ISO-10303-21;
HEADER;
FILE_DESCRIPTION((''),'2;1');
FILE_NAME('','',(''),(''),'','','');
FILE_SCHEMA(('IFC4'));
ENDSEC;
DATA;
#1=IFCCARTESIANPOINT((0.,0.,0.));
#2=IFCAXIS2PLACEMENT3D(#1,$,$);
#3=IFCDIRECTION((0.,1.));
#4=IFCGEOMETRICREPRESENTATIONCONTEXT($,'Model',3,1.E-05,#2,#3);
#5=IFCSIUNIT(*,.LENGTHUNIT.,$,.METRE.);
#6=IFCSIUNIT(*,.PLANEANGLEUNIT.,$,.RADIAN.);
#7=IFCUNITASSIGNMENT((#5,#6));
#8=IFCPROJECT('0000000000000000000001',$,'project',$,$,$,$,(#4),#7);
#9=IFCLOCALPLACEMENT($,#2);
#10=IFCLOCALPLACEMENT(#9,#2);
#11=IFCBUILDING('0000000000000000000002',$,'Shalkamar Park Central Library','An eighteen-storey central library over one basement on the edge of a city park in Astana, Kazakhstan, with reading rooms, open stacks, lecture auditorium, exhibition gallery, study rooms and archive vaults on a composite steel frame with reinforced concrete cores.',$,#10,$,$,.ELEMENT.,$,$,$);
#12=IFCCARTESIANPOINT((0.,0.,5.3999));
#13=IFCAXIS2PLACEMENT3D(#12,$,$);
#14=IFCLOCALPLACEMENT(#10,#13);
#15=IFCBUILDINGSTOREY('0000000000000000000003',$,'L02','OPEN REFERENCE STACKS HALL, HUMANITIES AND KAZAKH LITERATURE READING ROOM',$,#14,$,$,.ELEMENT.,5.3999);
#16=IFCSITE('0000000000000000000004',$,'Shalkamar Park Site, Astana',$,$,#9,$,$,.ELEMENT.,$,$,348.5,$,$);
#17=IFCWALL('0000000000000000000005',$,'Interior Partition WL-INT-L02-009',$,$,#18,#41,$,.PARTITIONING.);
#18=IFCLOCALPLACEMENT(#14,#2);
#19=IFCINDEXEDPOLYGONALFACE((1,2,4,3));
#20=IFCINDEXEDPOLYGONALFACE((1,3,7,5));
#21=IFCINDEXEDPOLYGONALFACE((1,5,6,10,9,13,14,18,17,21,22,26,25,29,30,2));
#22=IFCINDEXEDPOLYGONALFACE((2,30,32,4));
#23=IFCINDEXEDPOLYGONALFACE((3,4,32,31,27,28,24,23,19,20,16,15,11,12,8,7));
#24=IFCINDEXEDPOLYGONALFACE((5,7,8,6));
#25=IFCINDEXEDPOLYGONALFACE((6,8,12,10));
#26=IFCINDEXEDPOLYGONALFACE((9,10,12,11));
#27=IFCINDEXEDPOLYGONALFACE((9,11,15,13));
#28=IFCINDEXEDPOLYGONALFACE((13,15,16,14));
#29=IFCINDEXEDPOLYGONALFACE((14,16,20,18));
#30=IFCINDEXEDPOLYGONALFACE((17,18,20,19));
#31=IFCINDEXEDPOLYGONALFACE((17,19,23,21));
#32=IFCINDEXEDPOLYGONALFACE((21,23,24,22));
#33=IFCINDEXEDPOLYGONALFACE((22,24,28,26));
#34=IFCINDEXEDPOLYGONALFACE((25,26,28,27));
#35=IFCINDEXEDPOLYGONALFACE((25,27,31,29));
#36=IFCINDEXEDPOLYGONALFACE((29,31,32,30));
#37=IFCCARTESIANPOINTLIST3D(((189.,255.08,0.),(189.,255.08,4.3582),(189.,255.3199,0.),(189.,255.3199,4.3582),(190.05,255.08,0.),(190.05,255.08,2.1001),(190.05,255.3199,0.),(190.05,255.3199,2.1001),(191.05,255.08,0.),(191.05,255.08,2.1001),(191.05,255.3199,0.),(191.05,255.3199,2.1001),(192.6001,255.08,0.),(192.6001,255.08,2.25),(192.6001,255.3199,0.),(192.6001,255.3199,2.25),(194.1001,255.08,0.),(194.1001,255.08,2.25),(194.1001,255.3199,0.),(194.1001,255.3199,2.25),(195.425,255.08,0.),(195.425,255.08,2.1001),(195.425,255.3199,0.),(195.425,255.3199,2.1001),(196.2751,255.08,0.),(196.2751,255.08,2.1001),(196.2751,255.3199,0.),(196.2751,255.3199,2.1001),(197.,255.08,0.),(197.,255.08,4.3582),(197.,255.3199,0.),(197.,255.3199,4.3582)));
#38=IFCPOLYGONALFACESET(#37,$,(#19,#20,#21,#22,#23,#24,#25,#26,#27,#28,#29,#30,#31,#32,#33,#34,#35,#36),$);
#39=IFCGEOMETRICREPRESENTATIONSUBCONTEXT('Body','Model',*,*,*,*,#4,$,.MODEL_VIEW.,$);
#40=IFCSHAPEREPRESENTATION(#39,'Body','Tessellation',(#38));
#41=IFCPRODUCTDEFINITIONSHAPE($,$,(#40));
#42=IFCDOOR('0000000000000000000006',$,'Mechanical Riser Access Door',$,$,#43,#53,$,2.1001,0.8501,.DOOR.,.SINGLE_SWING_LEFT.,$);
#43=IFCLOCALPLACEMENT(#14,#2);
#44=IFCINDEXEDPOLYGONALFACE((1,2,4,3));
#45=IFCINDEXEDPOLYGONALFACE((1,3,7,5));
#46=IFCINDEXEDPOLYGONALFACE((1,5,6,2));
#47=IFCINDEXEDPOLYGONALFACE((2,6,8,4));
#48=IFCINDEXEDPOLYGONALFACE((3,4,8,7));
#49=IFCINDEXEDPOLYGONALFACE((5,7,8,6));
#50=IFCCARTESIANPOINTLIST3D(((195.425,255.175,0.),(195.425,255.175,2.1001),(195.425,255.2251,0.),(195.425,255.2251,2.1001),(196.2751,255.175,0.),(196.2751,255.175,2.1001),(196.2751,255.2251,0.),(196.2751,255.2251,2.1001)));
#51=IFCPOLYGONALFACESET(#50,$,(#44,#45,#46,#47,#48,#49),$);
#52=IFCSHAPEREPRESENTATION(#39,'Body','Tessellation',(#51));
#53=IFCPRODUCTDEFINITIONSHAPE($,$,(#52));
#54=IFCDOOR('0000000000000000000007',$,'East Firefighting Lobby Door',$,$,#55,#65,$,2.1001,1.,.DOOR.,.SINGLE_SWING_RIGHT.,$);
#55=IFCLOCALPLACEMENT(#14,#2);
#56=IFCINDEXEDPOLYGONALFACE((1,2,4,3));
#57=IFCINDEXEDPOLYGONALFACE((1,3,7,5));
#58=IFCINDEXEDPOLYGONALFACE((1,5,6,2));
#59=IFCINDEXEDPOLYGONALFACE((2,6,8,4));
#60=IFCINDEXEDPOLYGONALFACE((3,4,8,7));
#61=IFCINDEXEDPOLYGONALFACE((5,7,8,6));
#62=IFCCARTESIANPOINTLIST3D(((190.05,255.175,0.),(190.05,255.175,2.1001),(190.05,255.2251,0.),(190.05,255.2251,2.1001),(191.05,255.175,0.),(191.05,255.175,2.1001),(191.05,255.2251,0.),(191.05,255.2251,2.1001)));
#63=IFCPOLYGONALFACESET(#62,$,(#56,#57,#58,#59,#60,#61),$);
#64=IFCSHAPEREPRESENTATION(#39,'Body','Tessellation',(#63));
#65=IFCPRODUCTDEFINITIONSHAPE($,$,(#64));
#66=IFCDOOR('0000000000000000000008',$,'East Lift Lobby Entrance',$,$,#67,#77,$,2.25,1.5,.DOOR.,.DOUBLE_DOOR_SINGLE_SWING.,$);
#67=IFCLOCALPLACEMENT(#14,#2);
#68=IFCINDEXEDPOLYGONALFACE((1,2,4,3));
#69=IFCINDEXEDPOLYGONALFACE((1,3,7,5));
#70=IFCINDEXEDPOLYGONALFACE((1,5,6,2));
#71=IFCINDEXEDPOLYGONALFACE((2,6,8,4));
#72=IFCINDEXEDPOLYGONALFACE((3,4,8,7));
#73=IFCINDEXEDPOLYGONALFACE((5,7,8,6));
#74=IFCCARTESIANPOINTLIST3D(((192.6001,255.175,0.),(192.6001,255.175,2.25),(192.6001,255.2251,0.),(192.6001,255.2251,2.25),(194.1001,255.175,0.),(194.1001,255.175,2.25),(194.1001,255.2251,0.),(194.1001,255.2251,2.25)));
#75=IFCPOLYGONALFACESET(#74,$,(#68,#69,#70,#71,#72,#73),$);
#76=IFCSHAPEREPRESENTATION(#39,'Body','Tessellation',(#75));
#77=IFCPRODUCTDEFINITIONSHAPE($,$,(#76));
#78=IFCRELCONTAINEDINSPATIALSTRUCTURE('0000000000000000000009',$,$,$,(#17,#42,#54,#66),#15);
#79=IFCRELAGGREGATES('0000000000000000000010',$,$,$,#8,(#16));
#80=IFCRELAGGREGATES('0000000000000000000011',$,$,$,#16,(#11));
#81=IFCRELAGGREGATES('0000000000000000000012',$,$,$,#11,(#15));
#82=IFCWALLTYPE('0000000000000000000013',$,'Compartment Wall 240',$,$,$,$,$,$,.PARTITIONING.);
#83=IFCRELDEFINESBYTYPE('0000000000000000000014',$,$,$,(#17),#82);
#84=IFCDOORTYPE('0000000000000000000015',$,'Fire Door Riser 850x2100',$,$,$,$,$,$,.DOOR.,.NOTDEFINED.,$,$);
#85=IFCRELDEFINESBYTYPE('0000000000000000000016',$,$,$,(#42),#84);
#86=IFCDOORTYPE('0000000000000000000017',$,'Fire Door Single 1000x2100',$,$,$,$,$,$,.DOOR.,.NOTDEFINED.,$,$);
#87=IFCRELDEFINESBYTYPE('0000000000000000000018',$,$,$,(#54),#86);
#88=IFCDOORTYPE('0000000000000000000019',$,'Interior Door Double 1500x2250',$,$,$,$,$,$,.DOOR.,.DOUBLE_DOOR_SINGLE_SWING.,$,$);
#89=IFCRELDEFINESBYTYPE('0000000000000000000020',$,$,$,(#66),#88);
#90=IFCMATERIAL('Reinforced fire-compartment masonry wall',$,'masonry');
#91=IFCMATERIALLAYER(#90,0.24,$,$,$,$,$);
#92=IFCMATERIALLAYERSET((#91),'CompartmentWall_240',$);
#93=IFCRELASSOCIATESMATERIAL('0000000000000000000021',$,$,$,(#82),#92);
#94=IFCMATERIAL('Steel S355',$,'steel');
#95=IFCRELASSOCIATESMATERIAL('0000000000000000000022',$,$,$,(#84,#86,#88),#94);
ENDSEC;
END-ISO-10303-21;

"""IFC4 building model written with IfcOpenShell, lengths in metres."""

from ifc_helpers import new_model, si_unit, direction, frame, frame_2d, origin, place, context, subcontext, project, spatial, rectangle, extrude, material, layer, layer_set, type_object, element, fill, save


model = new_model("IFC4")

# Units and contexts
model_context = context("Model", 3, precision=1e-05, world=origin(), true_north=direction((0.0, 1.0)))
body_context = subcontext(model_context, "Body", "Model", "MODEL_VIEW")
ifc_project = project(units=[si_unit("LENGTHUNIT", "METRE"), si_unit("PLANEANGLEUNIT", "RADIAN")], contexts=[model_context])

# Site, building, storey
site_placement = place(None, origin())
site = spatial("IfcSite", under=ifc_project, at=site_placement, Name="Shalkamar Park Site, Astana", CompositionType="ELEMENT", RefElevation=348.5)
building_placement = place(site_placement, origin())
building = spatial("IfcBuilding", under=site, at=building_placement, Name="Shalkamar Park Central Library", Description="An eighteen-storey central library over one basement on the edge of a city park in Astana, Kazakhstan, with reading rooms, open stacks, lecture auditorium, exhibition gallery, study rooms and archive vaults on a composite steel frame with reinforced concrete cores.", CompositionType="ELEMENT")
storey_placement = place(building_placement, frame((0.0, 0.0, 5.3999)))
storey = spatial("IfcBuildingStorey", under=building, at=storey_placement, Name="L02", Description="OPEN REFERENCE STACKS HALL, HUMANITIES AND KAZAKH LITERATURE READING ROOM", CompositionType="ELEMENT", Elevation=5.3999)

# Shared definitions
ifc_material_1 = material(Name="Steel S355", Category="steel")

# Wall, openings, doors
ifc_material_2 = material(Name="Reinforced fire-compartment masonry wall", Category="masonry")
ifc_layer = layer(ifc_material_2, 0.24)
ifc_layer_set = layer_set([ifc_layer], Name="CompartmentWall_240")
wall_type = type_object("IfcWallType", Name="Compartment Wall 240", PredefinedType="PARTITIONING", material=ifc_layer_set)
wall_placement = place(storey_placement, frame((189.0, 255.2, 0.0), z_axis=(0.0, 0.0, 1.0), x_axis=(1.0, 0.0, 0.0)))
wall = element("IfcWall", 1, at=wall_placement, inside=storey, type_object=wall_type, Name="Interior Partition WL-INT-L02-009", PredefinedType="PARTITIONING", context=body_context, shape_type="SweptSolid", body=[
    extrude(rectangle(XDim=8.0, YDim=0.24, at=frame_2d((4.0, 0.0))), origin(), (0.0, 0.0, 1.0), 4.3582),
])
opening_1_placement = place(wall_placement, frame((1.05, 0.0, 0.0)))
opening_1 = element("IfcOpeningElement", 2, at=opening_1_placement, cuts=wall, PredefinedType="OPENING", context=body_context, shape_type="SweptSolid", body=[
    extrude(rectangle(XDim=1.0, YDim=2.1001, at=frame_2d((0.5, 1.05))), frame((0.0, 0.1348, 0.0), z_axis=(0.0, -1.0, 0.0), x_axis=(1.0, 0.0, 0.0)), (0.0, 0.0, 1.0), 0.2698),
])
opening_2_placement = place(wall_placement, frame((3.6001, 0.0, 0.0)))
opening_2 = element("IfcOpeningElement", 3, at=opening_2_placement, cuts=wall, PredefinedType="OPENING", context=body_context, shape_type="SweptSolid", body=[
    extrude(rectangle(XDim=1.5, YDim=2.25, at=frame_2d((0.75, 1.125))), frame((0.0, 0.1348, 0.0), z_axis=(0.0, -1.0, 0.0), x_axis=(1.0, 0.0, 0.0)), (0.0, 0.0, 1.0), 0.2698),
])
opening_3_placement = place(wall_placement, frame((6.425, 0.0, 0.0)))
opening_3 = element("IfcOpeningElement", 4, at=opening_3_placement, cuts=wall, PredefinedType="OPENING", context=body_context, shape_type="SweptSolid", body=[
    extrude(rectangle(XDim=0.8501, YDim=2.1001, at=frame_2d((0.425, 1.05))), frame((0.0, 0.1348, 0.0), z_axis=(0.0, -1.0, 0.0), x_axis=(1.0, 0.0, 0.0)), (0.0, 0.0, 1.0), 0.2698),
])
door_type_1 = type_object("IfcDoorType", Name="Fire Door Riser 850x2100", OperationType="NOTDEFINED", PredefinedType="DOOR", material=ifc_material_1)
door_1_placement = place(opening_3_placement, frame((0.8501, 0.0, 0.0), z_axis=(0.0, 0.0, 1.0), x_axis=(-1.0, 0.0, 0.0)))
door_1 = element("IfcDoor", 5, at=door_1_placement, inside=storey, type_object=door_type_1, Name="Mechanical Riser Access Door", OperationType="SINGLE_SWING_LEFT", OverallHeight=2.1001, OverallWidth=0.8501, PredefinedType="DOOR", context=body_context, shape_type="SweptSolid", body=[
    extrude(rectangle(XDim=0.8501, YDim=2.1001, at=frame_2d((0.425, 1.05))), frame((0.0, 0.0249, 0.0), z_axis=(0.0, -1.0, 0.0), x_axis=(1.0, 0.0, 0.0)), (0.0, 0.0, 1.0), 0.05),
])
fill(opening_3, door_1)
door_type_2 = type_object("IfcDoorType", Name="Fire Door Single 1000x2100", OperationType="NOTDEFINED", PredefinedType="DOOR", material=ifc_material_1)
door_2_placement = place(opening_1_placement, frame((1.0, 0.0, 0.0), z_axis=(0.0, 0.0, 1.0), x_axis=(-1.0, 0.0, 0.0)))
door_2 = element("IfcDoor", 6, at=door_2_placement, inside=storey, type_object=door_type_2, Name="East Firefighting Lobby Door", OperationType="SINGLE_SWING_RIGHT", OverallHeight=2.1001, OverallWidth=1.0, PredefinedType="DOOR", context=body_context, shape_type="SweptSolid", body=[
    extrude(rectangle(XDim=1.0, YDim=2.1001, at=frame_2d((0.5, 1.05))), frame((0.0, 0.0249, 0.0), z_axis=(0.0, -1.0, 0.0), x_axis=(1.0, 0.0, 0.0)), (0.0, 0.0, 1.0), 0.05),
])
fill(opening_1, door_2)
door_type_3 = type_object("IfcDoorType", Name="Interior Door Double 1500x2250", OperationType="DOUBLE_DOOR_SINGLE_SWING", PredefinedType="DOOR", material=ifc_material_1)
door_3_placement = place(opening_2_placement, frame((1.5, 0.0, 0.0), z_axis=(0.0, 0.0, 1.0), x_axis=(-1.0, 0.0, 0.0)))
door_3 = element("IfcDoor", 7, at=door_3_placement, inside=storey, type_object=door_type_3, Name="East Lift Lobby Entrance", OperationType="DOUBLE_DOOR_SINGLE_SWING", OverallHeight=2.25, OverallWidth=1.5, PredefinedType="DOOR", context=body_context, shape_type="SweptSolid", body=[
    extrude(rectangle(XDim=1.5, YDim=2.25, at=frame_2d((0.75, 1.125))), frame((0.0, 0.0249, 0.0), z_axis=(0.0, -1.0, 0.0), x_axis=(1.0, 0.0, 0.0)), (0.0, 0.0, 1.0), 0.05),
])
fill(opening_2, door_3)

save(model, "model.ifc")
